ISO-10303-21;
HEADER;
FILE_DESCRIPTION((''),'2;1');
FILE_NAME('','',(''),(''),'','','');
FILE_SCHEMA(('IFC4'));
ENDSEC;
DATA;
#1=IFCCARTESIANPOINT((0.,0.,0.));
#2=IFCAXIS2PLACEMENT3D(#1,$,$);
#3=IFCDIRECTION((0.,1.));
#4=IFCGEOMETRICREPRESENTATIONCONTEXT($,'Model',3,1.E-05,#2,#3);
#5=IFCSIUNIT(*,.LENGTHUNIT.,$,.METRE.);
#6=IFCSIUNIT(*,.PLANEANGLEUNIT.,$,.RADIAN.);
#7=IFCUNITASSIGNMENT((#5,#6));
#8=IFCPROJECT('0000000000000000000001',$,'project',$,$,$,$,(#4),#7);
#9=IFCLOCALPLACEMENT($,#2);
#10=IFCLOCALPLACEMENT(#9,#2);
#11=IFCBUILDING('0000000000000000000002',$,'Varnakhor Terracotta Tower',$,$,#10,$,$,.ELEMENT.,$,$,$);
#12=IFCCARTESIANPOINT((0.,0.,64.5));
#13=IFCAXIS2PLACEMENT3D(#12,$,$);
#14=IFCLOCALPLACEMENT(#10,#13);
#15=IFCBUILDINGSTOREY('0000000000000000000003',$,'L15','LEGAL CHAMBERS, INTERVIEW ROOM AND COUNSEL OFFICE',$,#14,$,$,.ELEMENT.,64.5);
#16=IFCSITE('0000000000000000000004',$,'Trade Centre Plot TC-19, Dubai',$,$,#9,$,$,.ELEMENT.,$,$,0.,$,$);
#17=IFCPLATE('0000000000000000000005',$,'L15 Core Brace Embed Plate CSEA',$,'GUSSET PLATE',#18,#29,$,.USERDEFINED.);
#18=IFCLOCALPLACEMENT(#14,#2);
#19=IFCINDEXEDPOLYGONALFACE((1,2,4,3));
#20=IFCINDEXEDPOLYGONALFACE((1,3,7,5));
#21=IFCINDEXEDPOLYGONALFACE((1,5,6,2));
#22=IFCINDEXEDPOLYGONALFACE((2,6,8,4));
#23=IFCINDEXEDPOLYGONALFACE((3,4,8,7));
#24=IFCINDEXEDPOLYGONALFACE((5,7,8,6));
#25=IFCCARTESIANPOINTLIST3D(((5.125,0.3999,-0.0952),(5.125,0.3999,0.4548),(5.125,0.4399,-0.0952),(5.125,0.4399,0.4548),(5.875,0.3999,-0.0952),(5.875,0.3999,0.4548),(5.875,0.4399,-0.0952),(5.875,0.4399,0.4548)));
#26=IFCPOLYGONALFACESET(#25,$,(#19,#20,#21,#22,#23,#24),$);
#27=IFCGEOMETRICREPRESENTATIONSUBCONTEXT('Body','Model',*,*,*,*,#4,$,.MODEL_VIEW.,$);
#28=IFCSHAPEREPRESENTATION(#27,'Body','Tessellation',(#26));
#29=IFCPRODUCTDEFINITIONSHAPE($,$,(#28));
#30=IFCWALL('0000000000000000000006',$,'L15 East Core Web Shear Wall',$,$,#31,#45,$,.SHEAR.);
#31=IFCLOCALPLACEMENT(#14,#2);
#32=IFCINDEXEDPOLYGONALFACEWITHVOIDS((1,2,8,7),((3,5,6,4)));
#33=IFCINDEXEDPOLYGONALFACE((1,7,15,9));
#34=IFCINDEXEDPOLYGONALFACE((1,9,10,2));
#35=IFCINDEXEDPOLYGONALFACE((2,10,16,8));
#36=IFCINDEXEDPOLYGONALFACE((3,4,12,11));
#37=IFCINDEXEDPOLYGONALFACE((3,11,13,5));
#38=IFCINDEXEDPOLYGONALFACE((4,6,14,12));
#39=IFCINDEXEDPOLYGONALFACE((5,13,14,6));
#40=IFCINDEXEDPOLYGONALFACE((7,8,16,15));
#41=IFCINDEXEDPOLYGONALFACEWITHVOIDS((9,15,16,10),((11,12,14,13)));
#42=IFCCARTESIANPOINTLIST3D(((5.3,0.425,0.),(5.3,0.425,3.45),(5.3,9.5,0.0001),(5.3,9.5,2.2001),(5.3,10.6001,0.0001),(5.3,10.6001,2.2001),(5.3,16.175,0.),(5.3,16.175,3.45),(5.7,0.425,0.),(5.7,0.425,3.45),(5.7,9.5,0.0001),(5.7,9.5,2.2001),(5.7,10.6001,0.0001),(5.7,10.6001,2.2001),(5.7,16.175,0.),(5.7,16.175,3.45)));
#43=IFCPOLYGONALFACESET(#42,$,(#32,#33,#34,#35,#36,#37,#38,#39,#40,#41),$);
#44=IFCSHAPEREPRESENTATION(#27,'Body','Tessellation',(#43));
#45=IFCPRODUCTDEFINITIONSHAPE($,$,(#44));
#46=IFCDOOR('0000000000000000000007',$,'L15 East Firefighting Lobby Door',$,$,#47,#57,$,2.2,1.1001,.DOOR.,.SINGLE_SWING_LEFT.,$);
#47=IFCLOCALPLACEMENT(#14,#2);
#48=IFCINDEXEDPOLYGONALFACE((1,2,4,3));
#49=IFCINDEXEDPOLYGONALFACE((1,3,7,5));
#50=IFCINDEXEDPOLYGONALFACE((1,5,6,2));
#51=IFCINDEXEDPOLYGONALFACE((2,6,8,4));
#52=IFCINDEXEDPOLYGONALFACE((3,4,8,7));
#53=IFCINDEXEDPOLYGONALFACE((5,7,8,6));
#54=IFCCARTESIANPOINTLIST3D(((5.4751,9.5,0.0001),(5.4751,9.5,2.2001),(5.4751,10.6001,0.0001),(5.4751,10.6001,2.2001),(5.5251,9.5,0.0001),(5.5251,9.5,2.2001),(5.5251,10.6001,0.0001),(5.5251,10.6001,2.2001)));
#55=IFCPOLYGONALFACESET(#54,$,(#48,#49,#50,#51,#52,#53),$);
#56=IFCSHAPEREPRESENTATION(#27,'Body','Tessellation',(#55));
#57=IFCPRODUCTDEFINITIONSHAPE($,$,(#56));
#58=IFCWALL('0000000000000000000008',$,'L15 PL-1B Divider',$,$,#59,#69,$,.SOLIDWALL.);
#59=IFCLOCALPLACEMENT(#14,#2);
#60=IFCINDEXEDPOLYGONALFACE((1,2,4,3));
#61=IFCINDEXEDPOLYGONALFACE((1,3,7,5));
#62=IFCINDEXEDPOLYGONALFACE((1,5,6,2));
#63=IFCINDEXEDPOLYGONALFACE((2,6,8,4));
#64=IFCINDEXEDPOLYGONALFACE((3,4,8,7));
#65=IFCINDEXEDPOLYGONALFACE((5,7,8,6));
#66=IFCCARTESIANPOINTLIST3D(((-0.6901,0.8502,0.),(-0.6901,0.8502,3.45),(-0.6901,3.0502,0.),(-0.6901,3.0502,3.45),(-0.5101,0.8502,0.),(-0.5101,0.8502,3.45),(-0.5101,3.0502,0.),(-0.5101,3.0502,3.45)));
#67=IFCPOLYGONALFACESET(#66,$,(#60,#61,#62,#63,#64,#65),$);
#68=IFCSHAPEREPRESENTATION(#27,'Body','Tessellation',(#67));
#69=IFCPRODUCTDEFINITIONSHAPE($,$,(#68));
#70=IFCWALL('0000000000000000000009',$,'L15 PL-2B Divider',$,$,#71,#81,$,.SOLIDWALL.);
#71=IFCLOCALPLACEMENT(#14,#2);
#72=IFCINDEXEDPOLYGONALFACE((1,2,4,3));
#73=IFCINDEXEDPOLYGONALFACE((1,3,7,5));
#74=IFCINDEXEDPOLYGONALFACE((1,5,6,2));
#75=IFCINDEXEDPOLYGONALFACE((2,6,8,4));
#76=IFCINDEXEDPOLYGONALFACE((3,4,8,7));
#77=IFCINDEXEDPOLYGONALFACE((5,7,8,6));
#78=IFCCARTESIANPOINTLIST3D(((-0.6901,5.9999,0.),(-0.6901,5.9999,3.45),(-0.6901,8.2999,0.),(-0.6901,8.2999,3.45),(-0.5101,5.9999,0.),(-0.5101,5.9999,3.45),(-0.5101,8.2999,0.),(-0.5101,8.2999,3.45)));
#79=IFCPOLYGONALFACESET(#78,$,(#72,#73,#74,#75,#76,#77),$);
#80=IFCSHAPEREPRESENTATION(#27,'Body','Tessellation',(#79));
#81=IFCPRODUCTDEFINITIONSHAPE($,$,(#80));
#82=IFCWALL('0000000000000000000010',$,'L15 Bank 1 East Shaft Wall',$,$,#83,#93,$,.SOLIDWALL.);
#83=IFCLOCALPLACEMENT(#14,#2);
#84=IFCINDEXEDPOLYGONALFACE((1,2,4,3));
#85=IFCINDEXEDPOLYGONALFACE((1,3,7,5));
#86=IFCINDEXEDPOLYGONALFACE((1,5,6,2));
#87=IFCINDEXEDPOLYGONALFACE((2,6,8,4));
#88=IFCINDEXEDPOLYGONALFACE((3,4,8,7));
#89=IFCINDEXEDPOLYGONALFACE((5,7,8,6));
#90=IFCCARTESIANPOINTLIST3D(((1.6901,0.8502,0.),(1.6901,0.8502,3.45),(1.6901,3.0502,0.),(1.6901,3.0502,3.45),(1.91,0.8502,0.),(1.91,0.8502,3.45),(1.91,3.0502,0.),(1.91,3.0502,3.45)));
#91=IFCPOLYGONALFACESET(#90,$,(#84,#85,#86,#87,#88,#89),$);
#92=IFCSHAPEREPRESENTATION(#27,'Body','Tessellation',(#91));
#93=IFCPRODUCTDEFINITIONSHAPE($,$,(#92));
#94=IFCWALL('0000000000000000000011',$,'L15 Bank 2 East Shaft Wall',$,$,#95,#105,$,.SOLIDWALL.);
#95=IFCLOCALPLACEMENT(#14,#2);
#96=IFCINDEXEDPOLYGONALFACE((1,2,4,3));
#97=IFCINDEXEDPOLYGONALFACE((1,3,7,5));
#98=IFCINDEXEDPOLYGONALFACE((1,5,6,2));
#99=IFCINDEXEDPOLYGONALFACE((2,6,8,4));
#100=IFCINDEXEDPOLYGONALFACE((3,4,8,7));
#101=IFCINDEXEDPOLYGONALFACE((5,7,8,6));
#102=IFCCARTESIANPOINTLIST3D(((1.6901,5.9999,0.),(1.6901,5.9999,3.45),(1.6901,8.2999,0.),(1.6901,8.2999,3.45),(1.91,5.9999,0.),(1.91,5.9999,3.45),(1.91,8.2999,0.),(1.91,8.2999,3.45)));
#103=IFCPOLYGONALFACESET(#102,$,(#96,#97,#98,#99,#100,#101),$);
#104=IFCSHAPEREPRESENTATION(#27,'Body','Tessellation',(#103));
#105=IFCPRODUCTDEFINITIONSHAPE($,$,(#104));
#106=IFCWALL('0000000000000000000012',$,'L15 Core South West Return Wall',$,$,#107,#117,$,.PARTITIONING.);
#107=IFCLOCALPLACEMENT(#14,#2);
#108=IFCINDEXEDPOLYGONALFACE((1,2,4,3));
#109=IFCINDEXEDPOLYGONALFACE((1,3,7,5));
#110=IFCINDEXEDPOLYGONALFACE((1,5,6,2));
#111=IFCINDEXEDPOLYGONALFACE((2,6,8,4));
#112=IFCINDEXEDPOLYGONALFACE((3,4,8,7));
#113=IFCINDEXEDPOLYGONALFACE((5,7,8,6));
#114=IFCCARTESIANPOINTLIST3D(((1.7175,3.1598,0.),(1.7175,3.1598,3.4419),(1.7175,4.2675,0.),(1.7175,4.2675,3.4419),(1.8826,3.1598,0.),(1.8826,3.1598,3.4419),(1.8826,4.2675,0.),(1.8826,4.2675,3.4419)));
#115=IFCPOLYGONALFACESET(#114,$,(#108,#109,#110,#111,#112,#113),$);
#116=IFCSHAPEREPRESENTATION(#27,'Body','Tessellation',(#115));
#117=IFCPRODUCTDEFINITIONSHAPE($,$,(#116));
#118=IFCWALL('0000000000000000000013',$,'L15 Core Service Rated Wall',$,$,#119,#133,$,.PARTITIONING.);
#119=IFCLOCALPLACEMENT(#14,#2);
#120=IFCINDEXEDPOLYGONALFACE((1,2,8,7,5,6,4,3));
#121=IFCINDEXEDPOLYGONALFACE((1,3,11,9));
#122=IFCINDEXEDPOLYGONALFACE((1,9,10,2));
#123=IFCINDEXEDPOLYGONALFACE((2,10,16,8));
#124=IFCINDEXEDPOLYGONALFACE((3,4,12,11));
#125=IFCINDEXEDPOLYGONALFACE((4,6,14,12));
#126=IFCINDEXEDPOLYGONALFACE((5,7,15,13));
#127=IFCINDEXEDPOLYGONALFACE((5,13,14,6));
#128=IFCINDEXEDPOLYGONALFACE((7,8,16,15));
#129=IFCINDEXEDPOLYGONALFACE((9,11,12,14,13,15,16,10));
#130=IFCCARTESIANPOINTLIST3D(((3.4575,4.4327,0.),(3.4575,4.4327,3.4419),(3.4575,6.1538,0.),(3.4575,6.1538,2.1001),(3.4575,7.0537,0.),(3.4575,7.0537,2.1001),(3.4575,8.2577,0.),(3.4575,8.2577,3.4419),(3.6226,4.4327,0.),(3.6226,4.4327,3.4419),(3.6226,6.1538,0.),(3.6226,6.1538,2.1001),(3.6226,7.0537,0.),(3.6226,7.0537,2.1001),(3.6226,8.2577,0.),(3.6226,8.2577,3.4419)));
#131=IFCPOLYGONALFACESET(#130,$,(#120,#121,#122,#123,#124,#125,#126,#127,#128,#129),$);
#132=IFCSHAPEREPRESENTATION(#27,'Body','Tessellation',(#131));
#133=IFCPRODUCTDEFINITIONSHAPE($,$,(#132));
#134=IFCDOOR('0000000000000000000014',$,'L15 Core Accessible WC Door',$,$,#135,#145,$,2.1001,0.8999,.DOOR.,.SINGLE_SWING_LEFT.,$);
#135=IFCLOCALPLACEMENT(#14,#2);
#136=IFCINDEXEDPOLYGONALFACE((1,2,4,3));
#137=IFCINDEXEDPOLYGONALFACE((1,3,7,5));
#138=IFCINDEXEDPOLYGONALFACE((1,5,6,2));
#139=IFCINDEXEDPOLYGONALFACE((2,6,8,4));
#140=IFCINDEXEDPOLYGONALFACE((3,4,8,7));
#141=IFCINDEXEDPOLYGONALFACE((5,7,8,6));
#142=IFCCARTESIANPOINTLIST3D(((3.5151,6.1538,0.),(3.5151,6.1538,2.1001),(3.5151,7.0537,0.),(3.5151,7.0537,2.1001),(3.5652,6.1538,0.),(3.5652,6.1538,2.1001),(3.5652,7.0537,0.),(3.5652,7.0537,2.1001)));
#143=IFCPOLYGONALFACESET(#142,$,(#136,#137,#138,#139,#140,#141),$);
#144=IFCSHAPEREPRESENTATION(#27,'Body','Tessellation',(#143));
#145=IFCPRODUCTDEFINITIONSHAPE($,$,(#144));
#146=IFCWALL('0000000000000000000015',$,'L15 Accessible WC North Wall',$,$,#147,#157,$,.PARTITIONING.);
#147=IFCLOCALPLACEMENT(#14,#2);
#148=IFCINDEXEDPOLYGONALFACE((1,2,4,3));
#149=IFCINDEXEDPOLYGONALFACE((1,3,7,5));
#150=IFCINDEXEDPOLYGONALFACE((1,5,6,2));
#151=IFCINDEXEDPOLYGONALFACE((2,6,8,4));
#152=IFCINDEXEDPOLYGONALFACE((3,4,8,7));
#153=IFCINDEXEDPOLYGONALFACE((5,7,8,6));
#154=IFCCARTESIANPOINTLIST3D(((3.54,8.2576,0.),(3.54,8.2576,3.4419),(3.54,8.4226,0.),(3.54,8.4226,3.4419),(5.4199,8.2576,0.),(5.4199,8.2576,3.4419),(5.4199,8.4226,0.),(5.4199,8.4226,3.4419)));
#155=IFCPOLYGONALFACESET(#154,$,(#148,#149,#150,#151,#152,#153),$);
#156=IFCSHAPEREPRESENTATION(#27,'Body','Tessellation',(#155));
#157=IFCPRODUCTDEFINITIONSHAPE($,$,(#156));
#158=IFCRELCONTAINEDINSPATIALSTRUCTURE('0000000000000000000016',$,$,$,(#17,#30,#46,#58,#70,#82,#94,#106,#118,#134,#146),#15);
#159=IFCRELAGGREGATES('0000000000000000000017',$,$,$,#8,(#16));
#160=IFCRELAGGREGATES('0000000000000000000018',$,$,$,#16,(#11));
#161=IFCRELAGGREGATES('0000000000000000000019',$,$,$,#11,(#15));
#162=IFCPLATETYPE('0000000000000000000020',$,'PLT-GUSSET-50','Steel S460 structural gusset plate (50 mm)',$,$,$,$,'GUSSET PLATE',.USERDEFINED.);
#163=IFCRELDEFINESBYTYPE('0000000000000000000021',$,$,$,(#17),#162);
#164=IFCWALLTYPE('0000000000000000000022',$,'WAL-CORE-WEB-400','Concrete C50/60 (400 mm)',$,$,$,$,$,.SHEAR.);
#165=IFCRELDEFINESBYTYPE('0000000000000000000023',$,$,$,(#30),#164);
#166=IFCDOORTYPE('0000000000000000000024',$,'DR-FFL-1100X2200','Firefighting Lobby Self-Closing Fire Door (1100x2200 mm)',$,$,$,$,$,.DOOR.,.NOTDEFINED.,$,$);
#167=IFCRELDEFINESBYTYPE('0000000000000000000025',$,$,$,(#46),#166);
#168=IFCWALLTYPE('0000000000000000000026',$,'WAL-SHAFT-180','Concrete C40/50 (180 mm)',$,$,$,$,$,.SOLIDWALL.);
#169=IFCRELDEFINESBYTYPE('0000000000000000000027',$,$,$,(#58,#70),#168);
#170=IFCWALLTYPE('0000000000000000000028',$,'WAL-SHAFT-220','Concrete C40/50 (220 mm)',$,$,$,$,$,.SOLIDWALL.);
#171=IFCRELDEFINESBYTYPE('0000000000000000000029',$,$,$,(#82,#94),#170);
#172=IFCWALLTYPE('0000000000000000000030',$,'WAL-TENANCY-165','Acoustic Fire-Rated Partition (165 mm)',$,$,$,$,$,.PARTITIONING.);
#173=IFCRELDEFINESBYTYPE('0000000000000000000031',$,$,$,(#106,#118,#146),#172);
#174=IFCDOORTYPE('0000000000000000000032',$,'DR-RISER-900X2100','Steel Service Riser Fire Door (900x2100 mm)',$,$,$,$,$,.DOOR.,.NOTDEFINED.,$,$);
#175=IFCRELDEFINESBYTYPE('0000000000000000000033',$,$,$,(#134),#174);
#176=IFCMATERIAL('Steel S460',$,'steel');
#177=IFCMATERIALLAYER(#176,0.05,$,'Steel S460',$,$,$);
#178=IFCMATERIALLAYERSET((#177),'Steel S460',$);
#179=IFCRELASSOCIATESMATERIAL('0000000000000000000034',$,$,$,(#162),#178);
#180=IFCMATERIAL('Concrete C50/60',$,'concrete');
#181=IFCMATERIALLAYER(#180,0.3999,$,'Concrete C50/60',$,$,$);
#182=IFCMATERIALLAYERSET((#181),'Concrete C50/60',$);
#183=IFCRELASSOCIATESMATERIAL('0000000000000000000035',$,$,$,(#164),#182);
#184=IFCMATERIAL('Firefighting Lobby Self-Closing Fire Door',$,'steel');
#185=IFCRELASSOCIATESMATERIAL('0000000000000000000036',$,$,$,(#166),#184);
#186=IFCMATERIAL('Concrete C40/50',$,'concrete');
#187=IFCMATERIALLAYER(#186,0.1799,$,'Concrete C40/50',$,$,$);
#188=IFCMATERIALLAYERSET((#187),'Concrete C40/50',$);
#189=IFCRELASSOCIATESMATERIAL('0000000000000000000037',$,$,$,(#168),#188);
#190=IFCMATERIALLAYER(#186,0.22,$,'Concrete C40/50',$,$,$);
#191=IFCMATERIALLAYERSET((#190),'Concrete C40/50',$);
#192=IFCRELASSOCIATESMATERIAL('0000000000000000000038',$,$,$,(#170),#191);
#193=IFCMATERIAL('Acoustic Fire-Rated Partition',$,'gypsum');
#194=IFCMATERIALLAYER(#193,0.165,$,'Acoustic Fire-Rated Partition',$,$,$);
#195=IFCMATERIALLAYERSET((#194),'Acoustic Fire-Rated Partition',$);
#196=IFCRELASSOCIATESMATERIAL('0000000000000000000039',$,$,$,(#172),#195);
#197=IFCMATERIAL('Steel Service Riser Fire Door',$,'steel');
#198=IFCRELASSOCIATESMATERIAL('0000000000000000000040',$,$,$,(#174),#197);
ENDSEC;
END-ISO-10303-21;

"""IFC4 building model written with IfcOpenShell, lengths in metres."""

from ifc_helpers import new_model, si_unit, direction, frame, frame_2d, origin, origin_2d, place, context, subcontext, project, spatial, rectangle, extrude, source, transform, mapped, material, layer, layer_set, type_object, type_shapes, element, fill, save


model = new_model("IFC4")

# Units and contexts
model_context = context("Model", 3, precision=1e-05, world=origin(), true_north=direction((0.0, 1.0)))
body_context = subcontext(model_context, "Body", "Model", "MODEL_VIEW")
ifc_project = project(units=[si_unit("LENGTHUNIT", "METRE"), si_unit("PLANEANGLEUNIT", "RADIAN")], contexts=[model_context])

# Site, building, storey
site_placement = place(None, origin())
site = spatial("IfcSite", under=ifc_project, at=site_placement, Name="Trade Centre Plot TC-19, Dubai", CompositionType="ELEMENT", RefElevation=0.0)
building_placement = place(site_placement, origin())
building = spatial("IfcBuilding", under=site, at=building_placement, Name="Varnakhor Terracotta Tower", CompositionType="ELEMENT")
storey_placement = place(building_placement, frame((0.0, 0.0, 64.5)))
storey = spatial("IfcBuildingStorey", under=building, at=storey_placement, Name="L15", Description="LEGAL CHAMBERS, INTERVIEW ROOM AND COUNSEL OFFICE", CompositionType="ELEMENT", Elevation=64.5)

# Shared definitions
ifc_material_1 = material(Name="Concrete C50/60", Category="concrete")

# Shared definitions
ifc_material_2 = material(Name="Steel S460", Category="steel")

# Shared definitions
ifc_material_3 = material(Name="Concrete C40/50", Category="concrete")

# Plate
ifc_layer_1 = layer(ifc_material_2, 0.05, Name="Steel S460")
ifc_layer_set_1 = layer_set([ifc_layer_1], Name="Steel S460")
plate_type = type_object("IfcPlateType", Name="PLT-GUSSET-50", Description="Steel S460 structural gusset plate (50 mm)", ElementType="GUSSET PLATE", PredefinedType="USERDEFINED", material=ifc_layer_set_1)
shared_shape_1 = source(origin(), body_context, "Body", "SweptSolid", [
    extrude(rectangle(XDim=0.75, YDim=0.04, at=origin_2d()), origin(), (0.0, 0.0, 1.0), 0.55),
])
type_shapes(plate_type, [shared_shape_1])
plate_placement = place(storey_placement, frame((5.5, 0.4199, -0.0952), z_axis=(0.0, 0.0, 1.0), x_axis=(1.0, 0.0, 0.0)))
element("IfcPlate", 1, at=plate_placement, inside=storey, type_object=plate_type, Name="L15 Core Brace Embed Plate CSEA", ObjectType="GUSSET PLATE", PredefinedType="USERDEFINED", context=body_context, shape_type="MappedRepresentation", body=[
    mapped(shared_shape_1, transform((0.0, 0.0, 0.0), scale=1.0)),
])

# Wall, opening, door
ifc_layer_2 = layer(ifc_material_1, 0.3999, Name="Concrete C50/60")
ifc_layer_set_2 = layer_set([ifc_layer_2], Name="Concrete C50/60")
wall_type_1 = type_object("IfcWallType", Name="WAL-CORE-WEB-400", Description="Concrete C50/60 (400 mm)", PredefinedType="SHEAR", material=ifc_layer_set_2)
wall_1_placement = place(storey_placement, frame((5.5, 0.425, 0.0), z_axis=(0.0, 0.0, 1.0), x_axis=(0.0, 1.0, 0.0)))
wall_1 = element("IfcWall", 2, at=wall_1_placement, inside=storey, type_object=wall_type_1, Name="L15 East Core Web Shear Wall", PredefinedType="SHEAR", context=body_context, shape_type="SweptSolid", body=[
    extrude(rectangle(XDim=15.75, YDim=0.3999, at=frame_2d((7.875, 0.0))), origin(), (0.0, 0.0, 1.0), 3.45),
])
opening_1_placement = place(wall_1_placement, frame((9.075, 0.0, 0.0)))
opening_1 = element("IfcOpeningElement", 3, at=opening_1_placement, cuts=wall_1, PredefinedType="OPENING", context=body_context, shape_type="SweptSolid", body=[
    extrude(rectangle(XDim=1.1001, YDim=2.2, at=frame_2d((0.55, 1.1001))), frame((0.0, 0.21, 0.0), z_axis=(0.0, -1.0, 0.0), x_axis=(1.0, 0.0, 0.0)), (0.0, 0.0, 1.0), 0.4199),
])
ifc_material_4 = material(Name="Firefighting Lobby Self-Closing Fire Door", Category="steel")
door_type_1 = type_object("IfcDoorType", Name="DR-FFL-1100X2200", Description="Firefighting Lobby Self-Closing Fire Door (1100x2200 mm)", OperationType="NOTDEFINED", PredefinedType="DOOR", material=ifc_material_4)
shared_shape_2 = source(origin(), body_context, "Body", "SweptSolid", [
    extrude(rectangle(XDim=1.1001, YDim=2.2, at=frame_2d((0.55, 1.1001))), frame((0.0, 0.0249, 0.0), z_axis=(0.0, -1.0, 0.0), x_axis=(1.0, 0.0, 0.0)), (0.0, 0.0, 1.0), 0.05),
])
type_shapes(door_type_1, [shared_shape_2])
door_1_placement = place(opening_1_placement, origin())
door_1 = element("IfcDoor", 4, at=door_1_placement, inside=storey, type_object=door_type_1, Name="L15 East Firefighting Lobby Door", OperationType="SINGLE_SWING_LEFT", OverallHeight=2.2, OverallWidth=1.1001, PredefinedType="DOOR", context=body_context, shape_type="MappedRepresentation", body=[
    mapped(shared_shape_2, transform((0.0, 0.0, 0.0), scale=1.0)),
])
fill(opening_1, door_1)

# Walls
ifc_layer_3 = layer(ifc_material_3, 0.1799, Name="Concrete C40/50")
ifc_layer_set_3 = layer_set([ifc_layer_3], Name="Concrete C40/50")
wall_type_2 = type_object("IfcWallType", Name="WAL-SHAFT-180", Description="Concrete C40/50 (180 mm)", PredefinedType="SOLIDWALL", material=ifc_layer_set_3)
wall_2_placement = place(storey_placement, frame((-0.6001, 0.8501, 0.0), z_axis=(0.0, 0.0, 1.0), x_axis=(0.0, 1.0, 0.0)))
element("IfcWall", 5, at=wall_2_placement, inside=storey, type_object=wall_type_2, Name="L15 PL-1B Divider", PredefinedType="SOLIDWALL", context=body_context, shape_type="SweptSolid", body=[
    extrude(rectangle(XDim=2.2, YDim=0.1799, at=frame_2d((1.1001, 0.0))), origin(), (0.0, 0.0, 1.0), 3.45),
])
wall_3_placement = place(storey_placement, frame((-0.6001, 6.0, 0.0), z_axis=(0.0, 0.0, 1.0), x_axis=(0.0, 1.0, 0.0)))
element("IfcWall", 6, at=wall_3_placement, inside=storey, type_object=wall_type_2, Name="L15 PL-2B Divider", PredefinedType="SOLIDWALL", context=body_context, shape_type="SweptSolid", body=[
    extrude(rectangle(XDim=2.3, YDim=0.1799, at=frame_2d((1.1499, 0.0))), origin(), (0.0, 0.0, 1.0), 3.45),
])
ifc_layer_4 = layer(ifc_material_3, 0.22, Name="Concrete C40/50")
ifc_layer_set_4 = layer_set([ifc_layer_4], Name="Concrete C40/50")
wall_type_3 = type_object("IfcWallType", Name="WAL-SHAFT-220", Description="Concrete C40/50 (220 mm)", PredefinedType="SOLIDWALL", material=ifc_layer_set_4)
wall_4_placement = place(storey_placement, frame((1.8, 0.8501, 0.0), z_axis=(0.0, 0.0, 1.0), x_axis=(0.0, 1.0, 0.0)))
element("IfcWall", 7, at=wall_4_placement, inside=storey, type_object=wall_type_3, Name="L15 Bank 1 East Shaft Wall", PredefinedType="SOLIDWALL", context=body_context, shape_type="SweptSolid", body=[
    extrude(rectangle(XDim=2.2, YDim=0.22, at=frame_2d((1.1001, 0.0))), origin(), (0.0, 0.0, 1.0), 3.45),
])
wall_5_placement = place(storey_placement, frame((1.8, 6.0, 0.0), z_axis=(0.0, 0.0, 1.0), x_axis=(0.0, 1.0, 0.0)))
element("IfcWall", 8, at=wall_5_placement, inside=storey, type_object=wall_type_3, Name="L15 Bank 2 East Shaft Wall", PredefinedType="SOLIDWALL", context=body_context, shape_type="SweptSolid", body=[
    extrude(rectangle(XDim=2.3, YDim=0.22, at=frame_2d((1.1499, 0.0))), origin(), (0.0, 0.0, 1.0), 3.45),
])
ifc_material_5 = material(Name="Acoustic Fire-Rated Partition", Category="gypsum")
ifc_layer_5 = layer(ifc_material_5, 0.165, Name="Acoustic Fire-Rated Partition")
ifc_layer_set_5 = layer_set([ifc_layer_5], Name="Acoustic Fire-Rated Partition")
wall_type_4 = type_object("IfcWallType", Name="WAL-TENANCY-165", Description="Acoustic Fire-Rated Partition (165 mm)", PredefinedType="PARTITIONING", material=ifc_layer_set_5)
wall_6_placement = place(storey_placement, frame((1.8, 3.1599, 0.0), z_axis=(0.0, 0.0, 1.0), x_axis=(0.0, 1.0, 0.0)))
element("IfcWall", 9, at=wall_6_placement, inside=storey, type_object=wall_type_4, Name="L15 Core South West Return Wall", PredefinedType="PARTITIONING", context=body_context, shape_type="SweptSolid", body=[
    extrude(rectangle(XDim=1.1077, YDim=0.165, at=frame_2d((0.5537, 0.0))), origin(), (0.0, 0.0, 1.0), 3.4419),
])

# Wall, opening, door
wall_7_placement = place(storey_placement, frame((3.54, 4.4326, 0.0), z_axis=(0.0, 0.0, 1.0), x_axis=(0.0, 1.0, 0.0)))
wall_7 = element("IfcWall", 10, at=wall_7_placement, inside=storey, type_object=wall_type_4, Name="L15 Core Service Rated Wall", PredefinedType="PARTITIONING", context=body_context, shape_type="SweptSolid", body=[
    extrude(rectangle(XDim=3.825, YDim=0.165, at=frame_2d((1.9126, 0.0))), origin(), (0.0, 0.0, 1.0), 3.4419),
])
opening_2_placement = place(wall_7_placement, frame((1.7212, 0.0, 0.0)))
opening_2 = element("IfcOpeningElement", 11, at=opening_2_placement, cuts=wall_7, PredefinedType="OPENING", context=body_context, shape_type="SweptSolid", body=[
    extrude(rectangle(XDim=0.8999, YDim=2.1001, at=frame_2d((0.45, 1.05))), frame((0.0, 0.0925, 0.0), z_axis=(0.0, -1.0, 0.0), x_axis=(1.0, 0.0, 0.0)), (0.0, 0.0, 1.0), 0.1851),
])
ifc_material_6 = material(Name="Steel Service Riser Fire Door", Category="steel")
door_type_2 = type_object("IfcDoorType", Name="DR-RISER-900X2100", Description="Steel Service Riser Fire Door (900x2100 mm)", OperationType="NOTDEFINED", PredefinedType="DOOR", material=ifc_material_6)
shared_shape_3 = source(origin(), body_context, "Body", "SweptSolid", [
    extrude(rectangle(XDim=0.8999, YDim=2.1001, at=frame_2d((0.45, 1.05))), frame((0.0, 0.0249, 0.0), z_axis=(0.0, -1.0, 0.0), x_axis=(1.0, 0.0, 0.0)), (0.0, 0.0, 1.0), 0.05),
])
type_shapes(door_type_2, [shared_shape_3])
door_2_placement = place(opening_2_placement, origin())
door_2 = element("IfcDoor", 12, at=door_2_placement, inside=storey, type_object=door_type_2, Name="L15 Core Accessible WC Door", OperationType="SINGLE_SWING_LEFT", OverallHeight=2.1001, OverallWidth=0.8999, PredefinedType="DOOR", context=body_context, shape_type="MappedRepresentation", body=[
    mapped(shared_shape_3, transform((0.0, 0.0, 0.0), scale=1.0)),
])
fill(opening_2, door_2)

# Wall
wall_8_placement = place(storey_placement, frame((3.54, 8.3401, 0.0), z_axis=(0.0, 0.0, 1.0), x_axis=(1.0, 0.0, 0.0)))
element("IfcWall", 13, at=wall_8_placement, inside=storey, type_object=wall_type_4, Name="L15 Accessible WC North Wall", PredefinedType="PARTITIONING", context=body_context, shape_type="SweptSolid", body=[
    extrude(rectangle(XDim=1.8799, YDim=0.165, at=frame_2d((0.9399, 0.0))), origin(), (0.0, 0.0, 1.0), 3.4419),
])

save(model, "model.ifc")
